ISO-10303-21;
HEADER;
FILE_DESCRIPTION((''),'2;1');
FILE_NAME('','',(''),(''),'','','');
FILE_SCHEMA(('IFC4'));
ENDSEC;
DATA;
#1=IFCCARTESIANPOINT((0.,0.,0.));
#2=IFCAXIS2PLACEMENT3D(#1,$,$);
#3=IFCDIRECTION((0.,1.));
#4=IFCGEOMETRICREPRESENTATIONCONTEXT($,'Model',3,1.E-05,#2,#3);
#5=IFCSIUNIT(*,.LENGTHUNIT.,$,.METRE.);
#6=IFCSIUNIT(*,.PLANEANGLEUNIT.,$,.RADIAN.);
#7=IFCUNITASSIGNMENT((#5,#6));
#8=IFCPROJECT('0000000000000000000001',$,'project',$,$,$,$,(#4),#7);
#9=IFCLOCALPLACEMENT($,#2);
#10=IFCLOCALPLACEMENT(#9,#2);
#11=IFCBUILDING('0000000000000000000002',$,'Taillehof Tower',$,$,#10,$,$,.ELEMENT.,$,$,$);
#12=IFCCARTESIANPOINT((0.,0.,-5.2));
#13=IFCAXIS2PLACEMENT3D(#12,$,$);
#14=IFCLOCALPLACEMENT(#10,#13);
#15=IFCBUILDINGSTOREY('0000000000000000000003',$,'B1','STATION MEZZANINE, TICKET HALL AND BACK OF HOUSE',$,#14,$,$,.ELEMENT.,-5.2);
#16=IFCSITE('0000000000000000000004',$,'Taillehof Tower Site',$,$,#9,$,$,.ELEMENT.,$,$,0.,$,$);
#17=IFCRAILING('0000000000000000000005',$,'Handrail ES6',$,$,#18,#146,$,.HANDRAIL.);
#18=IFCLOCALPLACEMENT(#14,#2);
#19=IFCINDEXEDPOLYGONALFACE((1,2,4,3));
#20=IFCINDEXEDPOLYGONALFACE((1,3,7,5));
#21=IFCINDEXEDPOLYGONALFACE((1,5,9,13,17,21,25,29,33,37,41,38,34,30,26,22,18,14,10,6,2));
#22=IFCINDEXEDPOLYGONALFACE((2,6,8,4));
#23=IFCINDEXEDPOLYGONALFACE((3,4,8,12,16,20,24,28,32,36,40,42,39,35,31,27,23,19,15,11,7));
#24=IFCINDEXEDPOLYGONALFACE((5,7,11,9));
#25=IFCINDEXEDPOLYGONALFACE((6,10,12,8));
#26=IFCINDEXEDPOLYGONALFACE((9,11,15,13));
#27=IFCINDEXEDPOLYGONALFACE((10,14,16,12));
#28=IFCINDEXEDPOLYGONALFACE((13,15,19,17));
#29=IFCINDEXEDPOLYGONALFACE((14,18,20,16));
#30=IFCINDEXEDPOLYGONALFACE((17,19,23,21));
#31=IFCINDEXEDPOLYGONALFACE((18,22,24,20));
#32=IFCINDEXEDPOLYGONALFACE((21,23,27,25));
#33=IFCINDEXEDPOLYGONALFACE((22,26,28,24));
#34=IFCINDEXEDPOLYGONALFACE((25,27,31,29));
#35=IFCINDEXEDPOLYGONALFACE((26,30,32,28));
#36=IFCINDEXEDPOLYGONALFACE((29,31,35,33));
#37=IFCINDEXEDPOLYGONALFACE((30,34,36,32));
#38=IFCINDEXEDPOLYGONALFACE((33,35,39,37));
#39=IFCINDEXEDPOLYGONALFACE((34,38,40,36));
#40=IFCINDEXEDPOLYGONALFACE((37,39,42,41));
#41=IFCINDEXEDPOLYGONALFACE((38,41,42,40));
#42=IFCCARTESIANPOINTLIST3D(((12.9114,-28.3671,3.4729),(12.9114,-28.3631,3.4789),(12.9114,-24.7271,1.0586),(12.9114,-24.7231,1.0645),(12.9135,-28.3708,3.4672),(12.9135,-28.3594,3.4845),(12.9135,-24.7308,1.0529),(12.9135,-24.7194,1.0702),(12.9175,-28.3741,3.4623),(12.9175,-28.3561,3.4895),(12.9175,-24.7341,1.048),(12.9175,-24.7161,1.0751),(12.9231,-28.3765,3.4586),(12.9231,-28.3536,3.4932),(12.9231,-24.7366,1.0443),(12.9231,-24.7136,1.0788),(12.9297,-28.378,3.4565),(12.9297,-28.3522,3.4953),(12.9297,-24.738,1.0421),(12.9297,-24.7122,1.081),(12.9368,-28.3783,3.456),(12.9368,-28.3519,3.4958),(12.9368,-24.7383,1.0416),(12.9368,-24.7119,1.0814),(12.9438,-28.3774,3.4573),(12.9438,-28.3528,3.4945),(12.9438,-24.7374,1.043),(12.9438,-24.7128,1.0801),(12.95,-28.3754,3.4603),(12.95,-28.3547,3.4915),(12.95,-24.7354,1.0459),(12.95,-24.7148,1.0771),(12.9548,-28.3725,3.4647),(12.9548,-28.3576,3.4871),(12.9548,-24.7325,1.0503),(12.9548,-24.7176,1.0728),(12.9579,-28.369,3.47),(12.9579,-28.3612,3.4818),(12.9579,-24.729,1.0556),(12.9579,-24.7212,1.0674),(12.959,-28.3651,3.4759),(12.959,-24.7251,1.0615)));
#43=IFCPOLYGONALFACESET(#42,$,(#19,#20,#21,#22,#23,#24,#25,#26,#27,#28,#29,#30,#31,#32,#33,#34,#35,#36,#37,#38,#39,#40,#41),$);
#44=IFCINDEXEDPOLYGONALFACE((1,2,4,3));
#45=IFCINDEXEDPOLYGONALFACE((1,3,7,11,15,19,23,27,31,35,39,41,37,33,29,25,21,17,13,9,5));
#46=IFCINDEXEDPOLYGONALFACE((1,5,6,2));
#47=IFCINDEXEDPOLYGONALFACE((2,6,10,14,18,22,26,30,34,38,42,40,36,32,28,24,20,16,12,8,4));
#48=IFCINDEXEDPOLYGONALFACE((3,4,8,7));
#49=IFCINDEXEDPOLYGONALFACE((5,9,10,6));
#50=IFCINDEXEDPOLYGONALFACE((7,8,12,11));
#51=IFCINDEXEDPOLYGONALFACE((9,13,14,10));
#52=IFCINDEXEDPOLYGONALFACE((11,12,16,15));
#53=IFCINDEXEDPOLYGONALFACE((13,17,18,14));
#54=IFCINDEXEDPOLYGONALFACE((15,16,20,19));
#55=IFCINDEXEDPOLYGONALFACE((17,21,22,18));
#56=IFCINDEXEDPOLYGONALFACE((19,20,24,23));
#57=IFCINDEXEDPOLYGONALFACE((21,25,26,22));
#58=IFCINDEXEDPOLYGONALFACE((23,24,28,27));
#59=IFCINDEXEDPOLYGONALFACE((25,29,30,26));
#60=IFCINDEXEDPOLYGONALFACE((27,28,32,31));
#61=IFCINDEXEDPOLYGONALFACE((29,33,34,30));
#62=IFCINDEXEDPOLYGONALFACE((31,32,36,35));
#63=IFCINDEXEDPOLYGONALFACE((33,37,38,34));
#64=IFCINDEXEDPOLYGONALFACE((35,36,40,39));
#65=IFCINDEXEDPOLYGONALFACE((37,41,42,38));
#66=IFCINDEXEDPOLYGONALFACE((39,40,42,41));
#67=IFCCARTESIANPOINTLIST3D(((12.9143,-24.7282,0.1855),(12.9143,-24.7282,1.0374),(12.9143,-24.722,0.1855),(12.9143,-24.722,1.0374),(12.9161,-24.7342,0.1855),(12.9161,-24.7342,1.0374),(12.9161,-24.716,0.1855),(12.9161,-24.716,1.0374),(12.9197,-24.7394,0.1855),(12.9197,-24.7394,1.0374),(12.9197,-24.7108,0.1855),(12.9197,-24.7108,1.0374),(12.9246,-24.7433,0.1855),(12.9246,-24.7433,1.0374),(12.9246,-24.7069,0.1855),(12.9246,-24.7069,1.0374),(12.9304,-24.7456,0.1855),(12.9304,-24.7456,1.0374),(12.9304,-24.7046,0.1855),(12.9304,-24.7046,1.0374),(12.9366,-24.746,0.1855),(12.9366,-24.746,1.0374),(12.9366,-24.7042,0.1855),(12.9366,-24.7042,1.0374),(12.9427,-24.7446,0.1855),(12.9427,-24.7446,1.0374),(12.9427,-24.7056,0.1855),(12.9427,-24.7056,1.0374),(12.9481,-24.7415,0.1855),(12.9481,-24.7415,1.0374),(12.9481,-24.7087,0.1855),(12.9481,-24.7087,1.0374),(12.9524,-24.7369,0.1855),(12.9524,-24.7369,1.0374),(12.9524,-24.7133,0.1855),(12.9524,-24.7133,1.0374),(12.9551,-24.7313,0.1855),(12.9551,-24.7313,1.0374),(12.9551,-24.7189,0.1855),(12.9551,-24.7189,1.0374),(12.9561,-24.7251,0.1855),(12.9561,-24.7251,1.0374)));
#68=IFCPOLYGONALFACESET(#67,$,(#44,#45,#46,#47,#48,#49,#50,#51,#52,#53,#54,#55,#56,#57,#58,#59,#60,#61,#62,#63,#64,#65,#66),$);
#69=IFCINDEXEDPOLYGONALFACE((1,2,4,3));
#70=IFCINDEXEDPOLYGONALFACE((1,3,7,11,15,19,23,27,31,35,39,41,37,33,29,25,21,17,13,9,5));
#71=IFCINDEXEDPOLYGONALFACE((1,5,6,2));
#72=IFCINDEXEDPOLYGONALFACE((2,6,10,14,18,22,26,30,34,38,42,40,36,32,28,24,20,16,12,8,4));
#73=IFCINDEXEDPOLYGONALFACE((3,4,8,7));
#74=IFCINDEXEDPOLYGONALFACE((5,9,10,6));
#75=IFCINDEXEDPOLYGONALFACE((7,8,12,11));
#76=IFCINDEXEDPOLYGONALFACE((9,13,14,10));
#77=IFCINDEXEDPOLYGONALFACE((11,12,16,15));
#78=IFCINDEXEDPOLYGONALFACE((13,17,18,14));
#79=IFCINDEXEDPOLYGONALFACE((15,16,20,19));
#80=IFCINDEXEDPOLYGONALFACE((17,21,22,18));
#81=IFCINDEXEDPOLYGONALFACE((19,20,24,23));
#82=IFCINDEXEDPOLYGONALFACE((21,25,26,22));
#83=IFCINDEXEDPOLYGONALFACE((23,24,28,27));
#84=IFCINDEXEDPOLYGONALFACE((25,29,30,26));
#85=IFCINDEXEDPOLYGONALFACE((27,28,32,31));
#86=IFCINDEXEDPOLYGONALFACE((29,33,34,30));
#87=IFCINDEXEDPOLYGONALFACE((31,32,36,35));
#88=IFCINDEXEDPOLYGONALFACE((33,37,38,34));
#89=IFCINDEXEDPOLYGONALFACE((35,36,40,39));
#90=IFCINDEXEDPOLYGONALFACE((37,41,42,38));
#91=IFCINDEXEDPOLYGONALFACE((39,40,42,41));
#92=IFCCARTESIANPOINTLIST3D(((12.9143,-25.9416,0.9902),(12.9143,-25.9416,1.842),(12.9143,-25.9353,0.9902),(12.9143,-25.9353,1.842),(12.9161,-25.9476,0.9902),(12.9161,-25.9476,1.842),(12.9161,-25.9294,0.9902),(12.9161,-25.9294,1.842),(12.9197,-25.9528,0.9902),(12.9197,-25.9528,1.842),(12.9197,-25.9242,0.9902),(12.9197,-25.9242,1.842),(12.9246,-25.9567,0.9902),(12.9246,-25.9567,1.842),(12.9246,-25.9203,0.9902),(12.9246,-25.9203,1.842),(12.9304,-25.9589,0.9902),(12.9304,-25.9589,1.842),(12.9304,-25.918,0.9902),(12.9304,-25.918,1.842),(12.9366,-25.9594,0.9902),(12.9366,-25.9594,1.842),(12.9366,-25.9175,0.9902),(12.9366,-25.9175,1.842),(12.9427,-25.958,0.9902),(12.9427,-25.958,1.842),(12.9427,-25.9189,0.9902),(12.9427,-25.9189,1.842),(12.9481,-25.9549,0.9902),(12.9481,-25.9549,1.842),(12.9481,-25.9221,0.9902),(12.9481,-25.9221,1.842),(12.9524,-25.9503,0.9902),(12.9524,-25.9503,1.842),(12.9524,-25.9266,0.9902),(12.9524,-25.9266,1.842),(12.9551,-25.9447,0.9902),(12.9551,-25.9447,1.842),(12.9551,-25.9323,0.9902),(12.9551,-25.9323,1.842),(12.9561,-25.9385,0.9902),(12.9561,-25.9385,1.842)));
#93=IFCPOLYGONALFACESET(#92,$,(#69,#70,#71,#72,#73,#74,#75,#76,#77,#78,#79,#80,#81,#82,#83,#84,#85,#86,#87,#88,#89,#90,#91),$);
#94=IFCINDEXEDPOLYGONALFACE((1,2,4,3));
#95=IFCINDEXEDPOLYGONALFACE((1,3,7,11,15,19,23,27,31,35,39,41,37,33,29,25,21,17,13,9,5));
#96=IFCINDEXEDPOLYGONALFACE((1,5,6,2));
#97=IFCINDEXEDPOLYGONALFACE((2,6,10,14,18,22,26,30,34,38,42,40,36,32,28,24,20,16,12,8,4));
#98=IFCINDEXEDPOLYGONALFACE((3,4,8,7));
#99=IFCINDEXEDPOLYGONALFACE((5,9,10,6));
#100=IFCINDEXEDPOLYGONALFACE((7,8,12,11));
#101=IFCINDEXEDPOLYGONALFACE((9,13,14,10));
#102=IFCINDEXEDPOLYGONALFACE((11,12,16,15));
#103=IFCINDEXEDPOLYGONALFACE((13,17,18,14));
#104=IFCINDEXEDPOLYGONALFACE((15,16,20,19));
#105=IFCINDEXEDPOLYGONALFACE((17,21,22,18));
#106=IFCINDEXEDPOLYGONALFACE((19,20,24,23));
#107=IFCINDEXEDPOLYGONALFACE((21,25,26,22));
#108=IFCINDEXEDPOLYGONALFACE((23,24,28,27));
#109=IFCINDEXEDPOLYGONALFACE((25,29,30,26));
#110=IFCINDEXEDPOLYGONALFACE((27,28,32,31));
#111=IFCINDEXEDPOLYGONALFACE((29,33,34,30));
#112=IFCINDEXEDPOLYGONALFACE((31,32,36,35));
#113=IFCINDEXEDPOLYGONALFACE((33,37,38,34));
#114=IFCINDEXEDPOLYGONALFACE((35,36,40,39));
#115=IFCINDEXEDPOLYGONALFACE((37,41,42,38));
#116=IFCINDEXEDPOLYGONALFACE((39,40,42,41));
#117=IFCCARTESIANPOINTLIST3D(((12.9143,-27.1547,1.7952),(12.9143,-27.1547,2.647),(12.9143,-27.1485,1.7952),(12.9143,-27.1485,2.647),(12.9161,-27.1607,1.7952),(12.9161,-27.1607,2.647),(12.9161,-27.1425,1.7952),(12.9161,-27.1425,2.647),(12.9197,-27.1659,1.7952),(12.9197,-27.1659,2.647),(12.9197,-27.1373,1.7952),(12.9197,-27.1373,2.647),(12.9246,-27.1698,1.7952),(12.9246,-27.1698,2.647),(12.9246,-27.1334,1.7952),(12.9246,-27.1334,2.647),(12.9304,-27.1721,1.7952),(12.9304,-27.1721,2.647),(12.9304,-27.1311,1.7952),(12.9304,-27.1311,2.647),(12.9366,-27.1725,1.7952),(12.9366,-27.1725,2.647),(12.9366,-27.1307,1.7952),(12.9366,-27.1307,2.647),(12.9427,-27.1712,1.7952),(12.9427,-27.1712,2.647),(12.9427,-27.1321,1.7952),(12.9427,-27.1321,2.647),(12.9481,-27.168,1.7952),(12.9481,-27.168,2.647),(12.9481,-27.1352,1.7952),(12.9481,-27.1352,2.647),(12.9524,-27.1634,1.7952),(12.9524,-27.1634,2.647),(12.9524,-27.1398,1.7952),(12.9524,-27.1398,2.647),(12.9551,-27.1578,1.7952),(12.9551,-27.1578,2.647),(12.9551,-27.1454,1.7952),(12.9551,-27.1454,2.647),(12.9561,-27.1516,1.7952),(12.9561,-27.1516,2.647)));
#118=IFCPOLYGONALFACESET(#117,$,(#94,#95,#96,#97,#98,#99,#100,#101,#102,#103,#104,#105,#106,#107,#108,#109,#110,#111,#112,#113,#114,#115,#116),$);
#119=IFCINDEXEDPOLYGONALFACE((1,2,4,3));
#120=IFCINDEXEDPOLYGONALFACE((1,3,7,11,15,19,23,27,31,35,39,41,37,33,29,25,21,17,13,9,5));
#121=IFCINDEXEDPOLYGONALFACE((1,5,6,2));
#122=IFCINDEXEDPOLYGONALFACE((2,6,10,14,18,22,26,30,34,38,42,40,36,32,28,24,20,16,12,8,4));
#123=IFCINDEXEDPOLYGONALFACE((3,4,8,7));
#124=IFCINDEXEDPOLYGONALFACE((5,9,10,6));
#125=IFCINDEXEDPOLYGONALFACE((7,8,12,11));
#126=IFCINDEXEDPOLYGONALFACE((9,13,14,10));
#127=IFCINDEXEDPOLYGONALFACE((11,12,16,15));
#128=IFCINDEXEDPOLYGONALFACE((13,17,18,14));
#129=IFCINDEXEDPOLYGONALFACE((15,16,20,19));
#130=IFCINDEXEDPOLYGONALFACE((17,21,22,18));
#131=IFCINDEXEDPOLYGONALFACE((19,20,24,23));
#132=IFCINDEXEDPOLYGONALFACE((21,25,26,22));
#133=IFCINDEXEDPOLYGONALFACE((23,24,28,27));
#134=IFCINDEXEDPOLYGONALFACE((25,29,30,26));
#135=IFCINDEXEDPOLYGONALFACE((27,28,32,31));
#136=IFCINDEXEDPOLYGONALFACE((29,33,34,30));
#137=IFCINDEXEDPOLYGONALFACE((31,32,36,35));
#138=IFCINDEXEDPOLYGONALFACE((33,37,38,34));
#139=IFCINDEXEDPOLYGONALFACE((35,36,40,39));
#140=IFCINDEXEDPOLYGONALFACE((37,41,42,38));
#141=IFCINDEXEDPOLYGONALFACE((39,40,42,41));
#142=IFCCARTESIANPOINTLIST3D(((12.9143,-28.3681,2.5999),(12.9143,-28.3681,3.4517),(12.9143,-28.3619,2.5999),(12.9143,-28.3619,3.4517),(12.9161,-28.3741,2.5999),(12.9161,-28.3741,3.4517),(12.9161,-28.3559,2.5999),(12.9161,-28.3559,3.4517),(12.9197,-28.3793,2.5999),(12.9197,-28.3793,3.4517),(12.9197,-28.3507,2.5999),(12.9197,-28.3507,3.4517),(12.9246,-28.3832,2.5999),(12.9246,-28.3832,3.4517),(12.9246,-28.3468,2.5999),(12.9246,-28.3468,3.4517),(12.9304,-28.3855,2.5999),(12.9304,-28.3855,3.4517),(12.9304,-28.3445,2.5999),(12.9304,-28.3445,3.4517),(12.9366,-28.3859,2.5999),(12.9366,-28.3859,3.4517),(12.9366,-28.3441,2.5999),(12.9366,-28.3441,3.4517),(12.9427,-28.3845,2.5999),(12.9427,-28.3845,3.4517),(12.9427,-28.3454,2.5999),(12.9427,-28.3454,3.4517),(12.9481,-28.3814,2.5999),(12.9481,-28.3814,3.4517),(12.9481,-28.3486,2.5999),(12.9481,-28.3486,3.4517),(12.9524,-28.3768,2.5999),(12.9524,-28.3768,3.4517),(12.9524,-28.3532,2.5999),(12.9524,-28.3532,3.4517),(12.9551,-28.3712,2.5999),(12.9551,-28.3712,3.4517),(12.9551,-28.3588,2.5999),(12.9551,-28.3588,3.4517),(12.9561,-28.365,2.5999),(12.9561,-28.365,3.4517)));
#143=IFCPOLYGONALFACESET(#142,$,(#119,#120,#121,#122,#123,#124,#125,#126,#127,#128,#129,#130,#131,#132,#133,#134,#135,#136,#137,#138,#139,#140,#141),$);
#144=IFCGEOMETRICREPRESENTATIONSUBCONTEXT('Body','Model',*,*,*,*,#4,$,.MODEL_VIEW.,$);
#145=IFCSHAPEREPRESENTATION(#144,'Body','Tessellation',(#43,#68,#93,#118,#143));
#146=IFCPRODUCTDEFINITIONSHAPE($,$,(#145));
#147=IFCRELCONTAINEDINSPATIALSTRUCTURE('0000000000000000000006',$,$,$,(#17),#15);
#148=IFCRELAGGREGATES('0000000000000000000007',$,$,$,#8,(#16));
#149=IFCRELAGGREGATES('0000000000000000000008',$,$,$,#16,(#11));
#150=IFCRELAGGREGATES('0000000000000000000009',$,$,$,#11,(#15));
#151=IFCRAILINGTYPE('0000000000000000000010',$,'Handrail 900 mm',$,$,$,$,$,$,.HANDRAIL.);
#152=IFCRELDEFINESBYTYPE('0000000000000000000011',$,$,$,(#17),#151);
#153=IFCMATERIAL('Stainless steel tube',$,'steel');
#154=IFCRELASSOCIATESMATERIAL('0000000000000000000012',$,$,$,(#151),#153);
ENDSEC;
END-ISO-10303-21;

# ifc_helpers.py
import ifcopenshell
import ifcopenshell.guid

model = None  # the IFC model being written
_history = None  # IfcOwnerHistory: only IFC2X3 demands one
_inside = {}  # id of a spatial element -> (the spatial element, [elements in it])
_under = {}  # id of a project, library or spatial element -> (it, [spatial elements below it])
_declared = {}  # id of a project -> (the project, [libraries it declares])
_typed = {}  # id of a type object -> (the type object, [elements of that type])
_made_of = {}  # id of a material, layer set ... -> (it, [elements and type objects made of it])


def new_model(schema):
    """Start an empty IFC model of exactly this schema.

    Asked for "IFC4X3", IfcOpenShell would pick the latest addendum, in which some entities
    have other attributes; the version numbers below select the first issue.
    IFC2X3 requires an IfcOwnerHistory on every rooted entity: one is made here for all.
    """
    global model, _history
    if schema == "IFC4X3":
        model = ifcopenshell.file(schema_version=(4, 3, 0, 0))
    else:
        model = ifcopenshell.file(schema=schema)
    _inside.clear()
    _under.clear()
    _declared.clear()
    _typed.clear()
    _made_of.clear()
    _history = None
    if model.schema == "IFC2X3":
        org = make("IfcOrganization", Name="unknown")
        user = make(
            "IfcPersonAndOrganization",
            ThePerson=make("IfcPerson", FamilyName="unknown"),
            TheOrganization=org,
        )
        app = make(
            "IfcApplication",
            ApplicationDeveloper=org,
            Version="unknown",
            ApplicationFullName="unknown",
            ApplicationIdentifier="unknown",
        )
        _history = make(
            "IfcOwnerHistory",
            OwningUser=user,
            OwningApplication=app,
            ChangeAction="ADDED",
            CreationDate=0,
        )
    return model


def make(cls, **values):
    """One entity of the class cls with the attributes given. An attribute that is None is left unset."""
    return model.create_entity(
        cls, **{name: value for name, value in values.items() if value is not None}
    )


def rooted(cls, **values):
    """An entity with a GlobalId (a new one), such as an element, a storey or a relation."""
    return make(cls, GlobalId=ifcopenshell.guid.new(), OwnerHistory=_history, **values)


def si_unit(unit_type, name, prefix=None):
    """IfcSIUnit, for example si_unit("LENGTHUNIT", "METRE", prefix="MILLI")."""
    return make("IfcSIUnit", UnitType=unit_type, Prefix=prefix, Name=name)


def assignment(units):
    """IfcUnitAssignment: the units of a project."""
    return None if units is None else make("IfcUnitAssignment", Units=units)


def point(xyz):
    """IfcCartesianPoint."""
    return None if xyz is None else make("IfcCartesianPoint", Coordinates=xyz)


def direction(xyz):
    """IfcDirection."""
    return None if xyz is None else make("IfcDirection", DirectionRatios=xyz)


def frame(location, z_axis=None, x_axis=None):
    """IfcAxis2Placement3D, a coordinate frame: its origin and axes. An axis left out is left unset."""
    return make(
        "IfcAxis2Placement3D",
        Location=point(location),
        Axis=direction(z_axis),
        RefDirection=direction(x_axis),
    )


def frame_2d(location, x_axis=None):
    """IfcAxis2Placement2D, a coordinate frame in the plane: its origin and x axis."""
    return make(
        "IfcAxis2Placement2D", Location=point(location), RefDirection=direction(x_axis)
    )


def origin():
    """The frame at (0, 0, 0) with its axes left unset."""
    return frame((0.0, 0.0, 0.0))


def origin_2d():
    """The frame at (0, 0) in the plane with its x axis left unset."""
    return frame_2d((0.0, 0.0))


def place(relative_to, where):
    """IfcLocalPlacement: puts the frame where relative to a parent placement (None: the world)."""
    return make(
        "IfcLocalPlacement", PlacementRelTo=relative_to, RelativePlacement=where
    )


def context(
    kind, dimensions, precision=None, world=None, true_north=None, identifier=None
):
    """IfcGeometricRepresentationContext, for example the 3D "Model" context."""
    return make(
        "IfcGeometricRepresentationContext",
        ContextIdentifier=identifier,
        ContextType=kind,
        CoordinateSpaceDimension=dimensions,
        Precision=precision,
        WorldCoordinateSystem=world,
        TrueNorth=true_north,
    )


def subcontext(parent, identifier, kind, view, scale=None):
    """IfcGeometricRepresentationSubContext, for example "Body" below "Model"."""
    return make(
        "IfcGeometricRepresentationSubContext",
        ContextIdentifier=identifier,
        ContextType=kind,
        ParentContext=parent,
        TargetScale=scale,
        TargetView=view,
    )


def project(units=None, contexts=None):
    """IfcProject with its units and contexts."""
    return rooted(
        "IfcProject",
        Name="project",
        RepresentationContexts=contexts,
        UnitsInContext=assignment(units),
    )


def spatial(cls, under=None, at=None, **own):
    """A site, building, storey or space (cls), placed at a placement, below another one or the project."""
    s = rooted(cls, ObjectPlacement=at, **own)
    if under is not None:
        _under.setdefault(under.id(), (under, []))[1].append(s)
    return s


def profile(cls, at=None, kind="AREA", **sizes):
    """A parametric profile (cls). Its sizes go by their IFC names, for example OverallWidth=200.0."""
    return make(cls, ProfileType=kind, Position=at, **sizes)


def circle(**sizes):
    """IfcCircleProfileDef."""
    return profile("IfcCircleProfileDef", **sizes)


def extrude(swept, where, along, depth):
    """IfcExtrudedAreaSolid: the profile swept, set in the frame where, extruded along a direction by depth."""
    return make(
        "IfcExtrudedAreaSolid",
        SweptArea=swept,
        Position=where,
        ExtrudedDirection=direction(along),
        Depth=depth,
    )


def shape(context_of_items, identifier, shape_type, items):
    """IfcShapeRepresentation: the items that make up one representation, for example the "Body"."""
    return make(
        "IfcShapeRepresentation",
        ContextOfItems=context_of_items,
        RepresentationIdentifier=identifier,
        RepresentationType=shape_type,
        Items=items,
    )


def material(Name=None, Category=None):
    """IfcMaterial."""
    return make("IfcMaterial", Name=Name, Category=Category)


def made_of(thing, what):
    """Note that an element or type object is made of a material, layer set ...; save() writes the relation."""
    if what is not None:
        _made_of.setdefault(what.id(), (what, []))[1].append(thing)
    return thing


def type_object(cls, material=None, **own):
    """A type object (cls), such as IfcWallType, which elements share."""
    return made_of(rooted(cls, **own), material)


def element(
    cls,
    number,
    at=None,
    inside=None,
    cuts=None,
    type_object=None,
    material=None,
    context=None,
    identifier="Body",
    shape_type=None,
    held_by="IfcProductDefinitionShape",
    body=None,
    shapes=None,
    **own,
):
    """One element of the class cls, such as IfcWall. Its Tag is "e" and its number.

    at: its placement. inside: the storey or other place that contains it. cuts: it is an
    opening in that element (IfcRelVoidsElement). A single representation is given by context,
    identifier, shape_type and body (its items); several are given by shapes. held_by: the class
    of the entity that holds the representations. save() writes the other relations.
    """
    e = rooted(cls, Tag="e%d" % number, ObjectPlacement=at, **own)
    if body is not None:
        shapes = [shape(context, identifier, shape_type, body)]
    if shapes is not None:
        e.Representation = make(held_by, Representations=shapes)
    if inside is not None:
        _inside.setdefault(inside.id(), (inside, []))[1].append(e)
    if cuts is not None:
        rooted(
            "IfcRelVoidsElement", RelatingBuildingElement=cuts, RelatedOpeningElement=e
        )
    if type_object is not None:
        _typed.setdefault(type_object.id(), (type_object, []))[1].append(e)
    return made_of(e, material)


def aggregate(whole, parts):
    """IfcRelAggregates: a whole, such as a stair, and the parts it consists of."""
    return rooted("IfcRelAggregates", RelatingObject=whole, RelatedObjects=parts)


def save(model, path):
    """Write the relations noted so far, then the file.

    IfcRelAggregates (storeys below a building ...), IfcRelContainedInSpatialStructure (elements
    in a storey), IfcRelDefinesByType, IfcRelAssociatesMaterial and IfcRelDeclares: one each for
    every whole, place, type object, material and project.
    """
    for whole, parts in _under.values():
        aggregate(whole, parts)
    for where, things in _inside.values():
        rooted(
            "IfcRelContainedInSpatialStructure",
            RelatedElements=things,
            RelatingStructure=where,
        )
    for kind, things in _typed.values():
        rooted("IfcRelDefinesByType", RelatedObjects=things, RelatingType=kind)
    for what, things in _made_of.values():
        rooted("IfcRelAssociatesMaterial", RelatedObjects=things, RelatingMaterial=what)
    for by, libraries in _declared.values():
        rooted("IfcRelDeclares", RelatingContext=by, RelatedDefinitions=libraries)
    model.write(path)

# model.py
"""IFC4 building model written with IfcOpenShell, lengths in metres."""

from ifc_helpers import new_model, si_unit, direction, frame, origin, origin_2d, place, context, subcontext, project, spatial, circle, extrude, material, type_object, element, save


model = new_model("IFC4")

# Units and contexts
model_context = context("Model", 3, precision=1e-05, world=origin(), true_north=direction((0.0, 1.0)))
body_context = subcontext(model_context, "Body", "Model", "MODEL_VIEW")
ifc_project = project(units=[si_unit("LENGTHUNIT", "METRE"), si_unit("PLANEANGLEUNIT", "RADIAN")], contexts=[model_context])

# Site, building, storey
site_placement = place(None, origin())
site = spatial("IfcSite", under=ifc_project, at=site_placement, Name="Taillehof Tower Site", CompositionType="ELEMENT", RefElevation=0.0)
building_placement = place(site_placement, origin())
building = spatial("IfcBuilding", under=site, at=building_placement, Name="Taillehof Tower", CompositionType="ELEMENT")
storey_placement = place(building_placement, frame((0.0, 0.0, -5.2)))
storey = spatial("IfcBuildingStorey", under=building, at=storey_placement, Name="B1", Description="STATION MEZZANINE, TICKET HALL AND BACK OF HOUSE", CompositionType="ELEMENT", Elevation=-5.2)

# Railing
ifc_material_1 = material(Name="Stainless steel tube", Category="steel")
railing_type_1 = type_object("IfcRailingType", Name="Handrail 900 mm", PredefinedType="HANDRAIL", material=ifc_material_1)
for number, where, name in (
    (1, (12.9351, -24.7251, 0.1855), "Handrail ES6"),
):
    element("IfcRailing", number, at=place(storey_placement, frame(where)), inside=storey, type_object=railing_type_1, Name=name, PredefinedType="HANDRAIL", context=body_context, shape_type="SweptSolid", body=[
        extrude(circle(Radius=0.0239, at=origin_2d()), frame((0.0, 0.0, 0.876), z_axis=(0.0, -0.833347, 0.552751), x_axis=(1.0, 0.0, 0.0)), (0.0, 0.0, 1.0), 4.3679),
        extrude(circle(Radius=0.021, at=origin_2d()), origin(), (0.0, 0.0, 1.0), 0.8518),
        extrude(circle(Radius=0.021, at=origin_2d()), frame((0.0, -1.2134, 0.8047)), (0.0, 0.0, 1.0), 0.8518),
        extrude(circle(Radius=0.021, at=origin_2d()), frame((0.0, -2.4265, 1.6096)), (0.0, 0.0, 1.0), 0.8518),
        extrude(circle(Radius=0.021, at=origin_2d()), frame((0.0, -3.6399, 2.4143)), (0.0, 0.0, 1.0), 0.8518),
    ])

save(model, "model.ifc")
